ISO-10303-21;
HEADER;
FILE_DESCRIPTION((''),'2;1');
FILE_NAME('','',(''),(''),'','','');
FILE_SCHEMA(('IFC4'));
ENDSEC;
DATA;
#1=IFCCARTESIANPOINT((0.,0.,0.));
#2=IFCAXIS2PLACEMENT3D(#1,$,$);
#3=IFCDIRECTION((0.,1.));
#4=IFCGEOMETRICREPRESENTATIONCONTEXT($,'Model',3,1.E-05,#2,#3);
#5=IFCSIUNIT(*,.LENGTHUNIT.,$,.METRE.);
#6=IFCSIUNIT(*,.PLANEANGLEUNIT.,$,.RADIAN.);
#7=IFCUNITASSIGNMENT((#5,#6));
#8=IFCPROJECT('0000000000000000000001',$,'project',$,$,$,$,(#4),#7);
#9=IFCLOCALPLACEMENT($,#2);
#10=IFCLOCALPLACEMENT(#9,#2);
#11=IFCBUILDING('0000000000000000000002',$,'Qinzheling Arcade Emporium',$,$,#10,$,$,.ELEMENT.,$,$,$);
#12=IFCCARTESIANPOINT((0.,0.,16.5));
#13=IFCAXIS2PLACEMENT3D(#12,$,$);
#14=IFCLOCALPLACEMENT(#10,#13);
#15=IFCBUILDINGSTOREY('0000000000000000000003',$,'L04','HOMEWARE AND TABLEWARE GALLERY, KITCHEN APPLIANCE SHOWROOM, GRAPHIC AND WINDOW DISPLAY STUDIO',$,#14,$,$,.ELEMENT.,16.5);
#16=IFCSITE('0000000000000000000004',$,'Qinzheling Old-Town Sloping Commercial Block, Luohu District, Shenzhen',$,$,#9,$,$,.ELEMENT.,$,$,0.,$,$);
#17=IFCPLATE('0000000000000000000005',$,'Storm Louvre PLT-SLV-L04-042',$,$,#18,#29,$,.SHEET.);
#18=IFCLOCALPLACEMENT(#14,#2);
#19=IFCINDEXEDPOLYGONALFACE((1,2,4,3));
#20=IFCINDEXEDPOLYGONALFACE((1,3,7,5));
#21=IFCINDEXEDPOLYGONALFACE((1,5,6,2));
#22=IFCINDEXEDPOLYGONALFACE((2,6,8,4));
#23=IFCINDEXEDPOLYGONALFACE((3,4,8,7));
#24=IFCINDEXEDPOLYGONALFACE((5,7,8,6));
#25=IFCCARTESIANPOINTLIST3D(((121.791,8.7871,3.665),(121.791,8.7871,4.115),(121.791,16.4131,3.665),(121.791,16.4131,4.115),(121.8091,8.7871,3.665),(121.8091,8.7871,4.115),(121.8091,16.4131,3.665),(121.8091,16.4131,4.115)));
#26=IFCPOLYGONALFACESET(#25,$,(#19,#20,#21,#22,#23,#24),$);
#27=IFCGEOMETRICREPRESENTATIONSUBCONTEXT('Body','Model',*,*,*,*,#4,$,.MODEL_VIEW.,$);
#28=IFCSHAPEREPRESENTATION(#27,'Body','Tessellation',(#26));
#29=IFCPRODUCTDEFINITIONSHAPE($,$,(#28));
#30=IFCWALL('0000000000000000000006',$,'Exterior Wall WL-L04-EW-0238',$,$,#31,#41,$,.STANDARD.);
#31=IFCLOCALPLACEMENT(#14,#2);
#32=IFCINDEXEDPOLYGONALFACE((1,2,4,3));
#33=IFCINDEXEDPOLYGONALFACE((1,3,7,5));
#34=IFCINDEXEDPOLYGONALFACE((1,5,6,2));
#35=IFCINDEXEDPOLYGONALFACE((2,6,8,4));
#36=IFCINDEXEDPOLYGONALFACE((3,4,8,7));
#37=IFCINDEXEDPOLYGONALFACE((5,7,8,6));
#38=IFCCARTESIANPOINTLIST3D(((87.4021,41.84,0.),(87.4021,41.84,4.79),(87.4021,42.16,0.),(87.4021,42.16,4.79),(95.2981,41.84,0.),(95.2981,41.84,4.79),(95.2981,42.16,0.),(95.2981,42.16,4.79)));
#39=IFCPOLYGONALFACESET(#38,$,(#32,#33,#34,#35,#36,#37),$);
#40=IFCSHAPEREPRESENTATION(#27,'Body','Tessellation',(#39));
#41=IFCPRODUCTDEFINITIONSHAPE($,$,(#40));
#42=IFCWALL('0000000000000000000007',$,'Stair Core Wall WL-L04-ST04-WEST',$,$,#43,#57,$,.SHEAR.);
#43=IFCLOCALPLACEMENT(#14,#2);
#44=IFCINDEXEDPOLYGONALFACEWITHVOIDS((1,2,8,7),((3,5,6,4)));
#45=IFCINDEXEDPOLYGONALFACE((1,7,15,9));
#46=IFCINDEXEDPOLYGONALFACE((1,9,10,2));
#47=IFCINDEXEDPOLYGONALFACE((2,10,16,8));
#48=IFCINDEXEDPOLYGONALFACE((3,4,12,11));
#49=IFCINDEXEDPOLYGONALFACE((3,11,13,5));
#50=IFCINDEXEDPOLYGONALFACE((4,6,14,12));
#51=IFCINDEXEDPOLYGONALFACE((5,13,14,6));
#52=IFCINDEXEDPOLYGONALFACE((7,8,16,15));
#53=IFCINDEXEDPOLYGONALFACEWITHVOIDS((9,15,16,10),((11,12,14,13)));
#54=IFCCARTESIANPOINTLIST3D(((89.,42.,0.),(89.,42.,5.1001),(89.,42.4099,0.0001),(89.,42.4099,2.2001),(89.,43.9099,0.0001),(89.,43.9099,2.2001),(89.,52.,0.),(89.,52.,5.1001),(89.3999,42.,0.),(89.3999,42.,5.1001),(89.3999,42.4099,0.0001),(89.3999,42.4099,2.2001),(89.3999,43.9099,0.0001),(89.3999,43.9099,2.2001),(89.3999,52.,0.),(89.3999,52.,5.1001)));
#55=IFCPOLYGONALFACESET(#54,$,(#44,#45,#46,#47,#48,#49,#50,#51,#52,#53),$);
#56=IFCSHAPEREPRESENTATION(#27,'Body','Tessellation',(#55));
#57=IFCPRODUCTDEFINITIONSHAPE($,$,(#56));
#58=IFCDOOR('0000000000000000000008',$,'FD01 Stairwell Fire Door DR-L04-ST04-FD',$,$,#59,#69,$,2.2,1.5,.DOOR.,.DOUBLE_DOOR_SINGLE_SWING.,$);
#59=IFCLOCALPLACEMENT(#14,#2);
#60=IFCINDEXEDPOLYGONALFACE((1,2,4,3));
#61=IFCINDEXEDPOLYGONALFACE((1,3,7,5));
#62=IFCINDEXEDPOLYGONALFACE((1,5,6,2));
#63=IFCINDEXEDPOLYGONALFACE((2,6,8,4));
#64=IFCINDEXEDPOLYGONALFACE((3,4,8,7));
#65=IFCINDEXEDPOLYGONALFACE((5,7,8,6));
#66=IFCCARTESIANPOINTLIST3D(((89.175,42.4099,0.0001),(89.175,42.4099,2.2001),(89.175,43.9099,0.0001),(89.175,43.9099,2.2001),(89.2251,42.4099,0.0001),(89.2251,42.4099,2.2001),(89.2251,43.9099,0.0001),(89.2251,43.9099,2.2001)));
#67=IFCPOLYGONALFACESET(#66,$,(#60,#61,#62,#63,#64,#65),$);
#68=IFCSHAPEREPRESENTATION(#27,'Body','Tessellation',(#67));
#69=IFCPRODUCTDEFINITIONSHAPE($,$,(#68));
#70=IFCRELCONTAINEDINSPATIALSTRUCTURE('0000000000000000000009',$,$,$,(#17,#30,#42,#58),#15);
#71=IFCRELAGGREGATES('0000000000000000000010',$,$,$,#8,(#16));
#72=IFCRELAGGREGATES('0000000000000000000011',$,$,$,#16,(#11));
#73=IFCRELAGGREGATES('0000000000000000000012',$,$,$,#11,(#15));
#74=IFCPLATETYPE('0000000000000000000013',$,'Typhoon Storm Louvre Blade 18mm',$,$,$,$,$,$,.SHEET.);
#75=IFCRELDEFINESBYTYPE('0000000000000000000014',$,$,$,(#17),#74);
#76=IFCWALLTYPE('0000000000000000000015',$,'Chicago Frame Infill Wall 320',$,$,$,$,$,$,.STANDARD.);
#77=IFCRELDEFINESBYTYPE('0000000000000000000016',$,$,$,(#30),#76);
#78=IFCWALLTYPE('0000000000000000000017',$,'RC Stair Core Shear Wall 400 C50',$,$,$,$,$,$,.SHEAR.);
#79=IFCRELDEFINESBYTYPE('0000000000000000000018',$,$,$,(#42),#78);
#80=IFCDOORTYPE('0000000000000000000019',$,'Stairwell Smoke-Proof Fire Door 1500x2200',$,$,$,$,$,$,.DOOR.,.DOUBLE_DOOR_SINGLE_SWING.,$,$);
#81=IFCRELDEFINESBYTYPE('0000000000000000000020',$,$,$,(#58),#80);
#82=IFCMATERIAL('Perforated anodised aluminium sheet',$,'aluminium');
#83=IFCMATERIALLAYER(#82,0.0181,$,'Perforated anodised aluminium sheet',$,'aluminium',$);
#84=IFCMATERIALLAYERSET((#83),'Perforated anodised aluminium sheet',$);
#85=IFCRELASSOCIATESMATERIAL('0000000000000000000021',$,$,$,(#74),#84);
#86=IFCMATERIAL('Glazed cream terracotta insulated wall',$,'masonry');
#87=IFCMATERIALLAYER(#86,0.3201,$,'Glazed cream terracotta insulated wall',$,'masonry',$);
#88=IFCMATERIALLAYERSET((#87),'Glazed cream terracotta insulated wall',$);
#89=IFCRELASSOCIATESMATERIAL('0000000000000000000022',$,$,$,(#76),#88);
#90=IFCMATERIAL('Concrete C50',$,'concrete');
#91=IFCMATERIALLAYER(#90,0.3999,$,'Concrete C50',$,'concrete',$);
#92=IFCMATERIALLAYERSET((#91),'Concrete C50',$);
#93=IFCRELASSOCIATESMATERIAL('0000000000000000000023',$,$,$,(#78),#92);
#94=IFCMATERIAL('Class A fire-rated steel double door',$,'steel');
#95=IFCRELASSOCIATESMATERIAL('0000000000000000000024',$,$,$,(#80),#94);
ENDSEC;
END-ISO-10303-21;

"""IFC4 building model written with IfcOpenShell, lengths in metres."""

from ifc_helpers import new_model, si_unit, direction, frame, frame_2d, origin, origin_2d, place, context, subcontext, project, spatial, rectangle, extrude, material, layer, layer_set, type_object, element, fill, save


model = new_model("IFC4")

# Units and contexts
model_context = context("Model", 3, precision=1e-05, world=origin(), true_north=direction((0.0, 1.0)))
body_context = subcontext(model_context, "Body", "Model", "MODEL_VIEW")
ifc_project = project(units=[si_unit("LENGTHUNIT", "METRE"), si_unit("PLANEANGLEUNIT", "RADIAN")], contexts=[model_context])

# Site, building, storey
site_placement = place(None, origin())
site = spatial("IfcSite", under=ifc_project, at=site_placement, Name="Qinzheling Old-Town Sloping Commercial Block, Luohu District, Shenzhen", CompositionType="ELEMENT", RefElevation=0.0)
building_placement = place(site_placement, origin())
building = spatial("IfcBuilding", under=site, at=building_placement, Name="Qinzheling Arcade Emporium", CompositionType="ELEMENT")
storey_placement = place(building_placement, frame((0.0, 0.0, 16.5)))
storey = spatial("IfcBuildingStorey", under=building, at=storey_placement, Name="L04", Description="HOMEWARE AND TABLEWARE GALLERY, KITCHEN APPLIANCE SHOWROOM, GRAPHIC AND WINDOW DISPLAY STUDIO", CompositionType="ELEMENT", Elevation=16.5)

# Plate
ifc_material_1 = material(Name="Perforated anodised aluminium sheet", Category="aluminium")
ifc_layer_1 = layer(ifc_material_1, 0.0181, Name="Perforated anodised aluminium sheet", Category="aluminium")
ifc_layer_set_1 = layer_set([ifc_layer_1], Name="Perforated anodised aluminium sheet")
plate_type_1 = type_object("IfcPlateType", Name="Typhoon Storm Louvre Blade 18mm", PredefinedType="SHEET", material=ifc_layer_set_1)
plate_1_placement = place(storey_placement, frame((121.8, 12.6001, 3.665), z_axis=(0.0, 0.0, 1.0), x_axis=(0.0, 1.0, 0.0)))
element("IfcPlate", 1, at=plate_1_placement, inside=storey, type_object=plate_type_1, Name="Storm Louvre PLT-SLV-L04-042", PredefinedType="SHEET", context=body_context, shape_type="SweptSolid", body=[
    extrude(rectangle(XDim=7.626, YDim=0.0181, at=origin_2d()), origin(), (0.0, 0.0, 1.0), 0.45),
])

# Wall
ifc_material_2 = material(Name="Glazed cream terracotta insulated wall", Category="masonry")
ifc_layer_2 = layer(ifc_material_2, 0.3201, Name="Glazed cream terracotta insulated wall", Category="masonry")
ifc_layer_set_2 = layer_set([ifc_layer_2], Name="Glazed cream terracotta insulated wall")
wall_type_1 = type_object("IfcWallType", Name="Chicago Frame Infill Wall 320", PredefinedType="STANDARD", material=ifc_layer_set_2)
wall_1_placement = place(storey_placement, frame((95.2981, 42.0, 0.0), z_axis=(0.0, 0.0, 1.0), x_axis=(-1.0, 0.0, 0.0)))
element("IfcWall", 2, at=wall_1_placement, inside=storey, type_object=wall_type_1, Name="Exterior Wall WL-L04-EW-0238", PredefinedType="STANDARD", context=body_context, shape_type="SweptSolid", body=[
    extrude(rectangle(XDim=7.896, YDim=0.3201, at=frame_2d((3.948, 0.0))), origin(), (0.0, 0.0, 1.0), 4.79),
])

# Wall, opening, door
ifc_material_3 = material(Name="Concrete C50", Category="concrete")
ifc_layer_3 = layer(ifc_material_3, 0.3999, Name="Concrete C50", Category="concrete")
ifc_layer_set_3 = layer_set([ifc_layer_3], Name="Concrete C50")
wall_type_2 = type_object("IfcWallType", Name="RC Stair Core Shear Wall 400 C50", PredefinedType="SHEAR", material=ifc_layer_set_3)
wall_2_placement = place(storey_placement, frame((89.2, 42.0, 0.0), z_axis=(0.0, 0.0, 1.0), x_axis=(0.0, 1.0, 0.0)))
wall_2 = element("IfcWall", 3, at=wall_2_placement, inside=storey, type_object=wall_type_2, Name="Stair Core Wall WL-L04-ST04-WEST", PredefinedType="SHEAR", context=body_context, shape_type="SweptSolid", body=[
    extrude(rectangle(XDim=10.0, YDim=0.3999, at=frame_2d((5.0, 0.0))), origin(), (0.0, 0.0, 1.0), 5.1001),
])
opening_placement = place(wall_2_placement, frame((0.4099, 0.0, 0.0)))
opening = element("IfcOpeningElement", 4, at=opening_placement, cuts=wall_2, PredefinedType="OPENING", context=body_context, shape_type="SweptSolid", body=[
    extrude(rectangle(XDim=1.5, YDim=2.2, at=frame_2d((0.75, 1.1001))), frame((0.0, 0.21, 0.0), z_axis=(0.0, -1.0, 0.0), x_axis=(1.0, 0.0, 0.0)), (0.0, 0.0, 1.0), 0.4199),
])
ifc_material_4 = material(Name="Class A fire-rated steel double door", Category="steel")
door_type = type_object("IfcDoorType", Name="Stairwell Smoke-Proof Fire Door 1500x2200", OperationType="DOUBLE_DOOR_SINGLE_SWING", PredefinedType="DOOR", material=ifc_material_4)
door_placement = place(opening_placement, origin())
door = element("IfcDoor", 5, at=door_placement, inside=storey, type_object=door_type, Name="FD01 Stairwell Fire Door DR-L04-ST04-FD", OperationType="DOUBLE_DOOR_SINGLE_SWING", OverallHeight=2.2, OverallWidth=1.5, PredefinedType="DOOR", context=body_context, shape_type="SweptSolid", body=[
    extrude(rectangle(XDim=1.5, YDim=2.2, at=frame_2d((0.75, 1.1001))), frame((0.0, 0.0249, 0.0), z_axis=(0.0, -1.0, 0.0), x_axis=(1.0, 0.0, 0.0)), (0.0, 0.0, 1.0), 0.05),
])
fill(opening, door)

save(model, "model.ifc")
